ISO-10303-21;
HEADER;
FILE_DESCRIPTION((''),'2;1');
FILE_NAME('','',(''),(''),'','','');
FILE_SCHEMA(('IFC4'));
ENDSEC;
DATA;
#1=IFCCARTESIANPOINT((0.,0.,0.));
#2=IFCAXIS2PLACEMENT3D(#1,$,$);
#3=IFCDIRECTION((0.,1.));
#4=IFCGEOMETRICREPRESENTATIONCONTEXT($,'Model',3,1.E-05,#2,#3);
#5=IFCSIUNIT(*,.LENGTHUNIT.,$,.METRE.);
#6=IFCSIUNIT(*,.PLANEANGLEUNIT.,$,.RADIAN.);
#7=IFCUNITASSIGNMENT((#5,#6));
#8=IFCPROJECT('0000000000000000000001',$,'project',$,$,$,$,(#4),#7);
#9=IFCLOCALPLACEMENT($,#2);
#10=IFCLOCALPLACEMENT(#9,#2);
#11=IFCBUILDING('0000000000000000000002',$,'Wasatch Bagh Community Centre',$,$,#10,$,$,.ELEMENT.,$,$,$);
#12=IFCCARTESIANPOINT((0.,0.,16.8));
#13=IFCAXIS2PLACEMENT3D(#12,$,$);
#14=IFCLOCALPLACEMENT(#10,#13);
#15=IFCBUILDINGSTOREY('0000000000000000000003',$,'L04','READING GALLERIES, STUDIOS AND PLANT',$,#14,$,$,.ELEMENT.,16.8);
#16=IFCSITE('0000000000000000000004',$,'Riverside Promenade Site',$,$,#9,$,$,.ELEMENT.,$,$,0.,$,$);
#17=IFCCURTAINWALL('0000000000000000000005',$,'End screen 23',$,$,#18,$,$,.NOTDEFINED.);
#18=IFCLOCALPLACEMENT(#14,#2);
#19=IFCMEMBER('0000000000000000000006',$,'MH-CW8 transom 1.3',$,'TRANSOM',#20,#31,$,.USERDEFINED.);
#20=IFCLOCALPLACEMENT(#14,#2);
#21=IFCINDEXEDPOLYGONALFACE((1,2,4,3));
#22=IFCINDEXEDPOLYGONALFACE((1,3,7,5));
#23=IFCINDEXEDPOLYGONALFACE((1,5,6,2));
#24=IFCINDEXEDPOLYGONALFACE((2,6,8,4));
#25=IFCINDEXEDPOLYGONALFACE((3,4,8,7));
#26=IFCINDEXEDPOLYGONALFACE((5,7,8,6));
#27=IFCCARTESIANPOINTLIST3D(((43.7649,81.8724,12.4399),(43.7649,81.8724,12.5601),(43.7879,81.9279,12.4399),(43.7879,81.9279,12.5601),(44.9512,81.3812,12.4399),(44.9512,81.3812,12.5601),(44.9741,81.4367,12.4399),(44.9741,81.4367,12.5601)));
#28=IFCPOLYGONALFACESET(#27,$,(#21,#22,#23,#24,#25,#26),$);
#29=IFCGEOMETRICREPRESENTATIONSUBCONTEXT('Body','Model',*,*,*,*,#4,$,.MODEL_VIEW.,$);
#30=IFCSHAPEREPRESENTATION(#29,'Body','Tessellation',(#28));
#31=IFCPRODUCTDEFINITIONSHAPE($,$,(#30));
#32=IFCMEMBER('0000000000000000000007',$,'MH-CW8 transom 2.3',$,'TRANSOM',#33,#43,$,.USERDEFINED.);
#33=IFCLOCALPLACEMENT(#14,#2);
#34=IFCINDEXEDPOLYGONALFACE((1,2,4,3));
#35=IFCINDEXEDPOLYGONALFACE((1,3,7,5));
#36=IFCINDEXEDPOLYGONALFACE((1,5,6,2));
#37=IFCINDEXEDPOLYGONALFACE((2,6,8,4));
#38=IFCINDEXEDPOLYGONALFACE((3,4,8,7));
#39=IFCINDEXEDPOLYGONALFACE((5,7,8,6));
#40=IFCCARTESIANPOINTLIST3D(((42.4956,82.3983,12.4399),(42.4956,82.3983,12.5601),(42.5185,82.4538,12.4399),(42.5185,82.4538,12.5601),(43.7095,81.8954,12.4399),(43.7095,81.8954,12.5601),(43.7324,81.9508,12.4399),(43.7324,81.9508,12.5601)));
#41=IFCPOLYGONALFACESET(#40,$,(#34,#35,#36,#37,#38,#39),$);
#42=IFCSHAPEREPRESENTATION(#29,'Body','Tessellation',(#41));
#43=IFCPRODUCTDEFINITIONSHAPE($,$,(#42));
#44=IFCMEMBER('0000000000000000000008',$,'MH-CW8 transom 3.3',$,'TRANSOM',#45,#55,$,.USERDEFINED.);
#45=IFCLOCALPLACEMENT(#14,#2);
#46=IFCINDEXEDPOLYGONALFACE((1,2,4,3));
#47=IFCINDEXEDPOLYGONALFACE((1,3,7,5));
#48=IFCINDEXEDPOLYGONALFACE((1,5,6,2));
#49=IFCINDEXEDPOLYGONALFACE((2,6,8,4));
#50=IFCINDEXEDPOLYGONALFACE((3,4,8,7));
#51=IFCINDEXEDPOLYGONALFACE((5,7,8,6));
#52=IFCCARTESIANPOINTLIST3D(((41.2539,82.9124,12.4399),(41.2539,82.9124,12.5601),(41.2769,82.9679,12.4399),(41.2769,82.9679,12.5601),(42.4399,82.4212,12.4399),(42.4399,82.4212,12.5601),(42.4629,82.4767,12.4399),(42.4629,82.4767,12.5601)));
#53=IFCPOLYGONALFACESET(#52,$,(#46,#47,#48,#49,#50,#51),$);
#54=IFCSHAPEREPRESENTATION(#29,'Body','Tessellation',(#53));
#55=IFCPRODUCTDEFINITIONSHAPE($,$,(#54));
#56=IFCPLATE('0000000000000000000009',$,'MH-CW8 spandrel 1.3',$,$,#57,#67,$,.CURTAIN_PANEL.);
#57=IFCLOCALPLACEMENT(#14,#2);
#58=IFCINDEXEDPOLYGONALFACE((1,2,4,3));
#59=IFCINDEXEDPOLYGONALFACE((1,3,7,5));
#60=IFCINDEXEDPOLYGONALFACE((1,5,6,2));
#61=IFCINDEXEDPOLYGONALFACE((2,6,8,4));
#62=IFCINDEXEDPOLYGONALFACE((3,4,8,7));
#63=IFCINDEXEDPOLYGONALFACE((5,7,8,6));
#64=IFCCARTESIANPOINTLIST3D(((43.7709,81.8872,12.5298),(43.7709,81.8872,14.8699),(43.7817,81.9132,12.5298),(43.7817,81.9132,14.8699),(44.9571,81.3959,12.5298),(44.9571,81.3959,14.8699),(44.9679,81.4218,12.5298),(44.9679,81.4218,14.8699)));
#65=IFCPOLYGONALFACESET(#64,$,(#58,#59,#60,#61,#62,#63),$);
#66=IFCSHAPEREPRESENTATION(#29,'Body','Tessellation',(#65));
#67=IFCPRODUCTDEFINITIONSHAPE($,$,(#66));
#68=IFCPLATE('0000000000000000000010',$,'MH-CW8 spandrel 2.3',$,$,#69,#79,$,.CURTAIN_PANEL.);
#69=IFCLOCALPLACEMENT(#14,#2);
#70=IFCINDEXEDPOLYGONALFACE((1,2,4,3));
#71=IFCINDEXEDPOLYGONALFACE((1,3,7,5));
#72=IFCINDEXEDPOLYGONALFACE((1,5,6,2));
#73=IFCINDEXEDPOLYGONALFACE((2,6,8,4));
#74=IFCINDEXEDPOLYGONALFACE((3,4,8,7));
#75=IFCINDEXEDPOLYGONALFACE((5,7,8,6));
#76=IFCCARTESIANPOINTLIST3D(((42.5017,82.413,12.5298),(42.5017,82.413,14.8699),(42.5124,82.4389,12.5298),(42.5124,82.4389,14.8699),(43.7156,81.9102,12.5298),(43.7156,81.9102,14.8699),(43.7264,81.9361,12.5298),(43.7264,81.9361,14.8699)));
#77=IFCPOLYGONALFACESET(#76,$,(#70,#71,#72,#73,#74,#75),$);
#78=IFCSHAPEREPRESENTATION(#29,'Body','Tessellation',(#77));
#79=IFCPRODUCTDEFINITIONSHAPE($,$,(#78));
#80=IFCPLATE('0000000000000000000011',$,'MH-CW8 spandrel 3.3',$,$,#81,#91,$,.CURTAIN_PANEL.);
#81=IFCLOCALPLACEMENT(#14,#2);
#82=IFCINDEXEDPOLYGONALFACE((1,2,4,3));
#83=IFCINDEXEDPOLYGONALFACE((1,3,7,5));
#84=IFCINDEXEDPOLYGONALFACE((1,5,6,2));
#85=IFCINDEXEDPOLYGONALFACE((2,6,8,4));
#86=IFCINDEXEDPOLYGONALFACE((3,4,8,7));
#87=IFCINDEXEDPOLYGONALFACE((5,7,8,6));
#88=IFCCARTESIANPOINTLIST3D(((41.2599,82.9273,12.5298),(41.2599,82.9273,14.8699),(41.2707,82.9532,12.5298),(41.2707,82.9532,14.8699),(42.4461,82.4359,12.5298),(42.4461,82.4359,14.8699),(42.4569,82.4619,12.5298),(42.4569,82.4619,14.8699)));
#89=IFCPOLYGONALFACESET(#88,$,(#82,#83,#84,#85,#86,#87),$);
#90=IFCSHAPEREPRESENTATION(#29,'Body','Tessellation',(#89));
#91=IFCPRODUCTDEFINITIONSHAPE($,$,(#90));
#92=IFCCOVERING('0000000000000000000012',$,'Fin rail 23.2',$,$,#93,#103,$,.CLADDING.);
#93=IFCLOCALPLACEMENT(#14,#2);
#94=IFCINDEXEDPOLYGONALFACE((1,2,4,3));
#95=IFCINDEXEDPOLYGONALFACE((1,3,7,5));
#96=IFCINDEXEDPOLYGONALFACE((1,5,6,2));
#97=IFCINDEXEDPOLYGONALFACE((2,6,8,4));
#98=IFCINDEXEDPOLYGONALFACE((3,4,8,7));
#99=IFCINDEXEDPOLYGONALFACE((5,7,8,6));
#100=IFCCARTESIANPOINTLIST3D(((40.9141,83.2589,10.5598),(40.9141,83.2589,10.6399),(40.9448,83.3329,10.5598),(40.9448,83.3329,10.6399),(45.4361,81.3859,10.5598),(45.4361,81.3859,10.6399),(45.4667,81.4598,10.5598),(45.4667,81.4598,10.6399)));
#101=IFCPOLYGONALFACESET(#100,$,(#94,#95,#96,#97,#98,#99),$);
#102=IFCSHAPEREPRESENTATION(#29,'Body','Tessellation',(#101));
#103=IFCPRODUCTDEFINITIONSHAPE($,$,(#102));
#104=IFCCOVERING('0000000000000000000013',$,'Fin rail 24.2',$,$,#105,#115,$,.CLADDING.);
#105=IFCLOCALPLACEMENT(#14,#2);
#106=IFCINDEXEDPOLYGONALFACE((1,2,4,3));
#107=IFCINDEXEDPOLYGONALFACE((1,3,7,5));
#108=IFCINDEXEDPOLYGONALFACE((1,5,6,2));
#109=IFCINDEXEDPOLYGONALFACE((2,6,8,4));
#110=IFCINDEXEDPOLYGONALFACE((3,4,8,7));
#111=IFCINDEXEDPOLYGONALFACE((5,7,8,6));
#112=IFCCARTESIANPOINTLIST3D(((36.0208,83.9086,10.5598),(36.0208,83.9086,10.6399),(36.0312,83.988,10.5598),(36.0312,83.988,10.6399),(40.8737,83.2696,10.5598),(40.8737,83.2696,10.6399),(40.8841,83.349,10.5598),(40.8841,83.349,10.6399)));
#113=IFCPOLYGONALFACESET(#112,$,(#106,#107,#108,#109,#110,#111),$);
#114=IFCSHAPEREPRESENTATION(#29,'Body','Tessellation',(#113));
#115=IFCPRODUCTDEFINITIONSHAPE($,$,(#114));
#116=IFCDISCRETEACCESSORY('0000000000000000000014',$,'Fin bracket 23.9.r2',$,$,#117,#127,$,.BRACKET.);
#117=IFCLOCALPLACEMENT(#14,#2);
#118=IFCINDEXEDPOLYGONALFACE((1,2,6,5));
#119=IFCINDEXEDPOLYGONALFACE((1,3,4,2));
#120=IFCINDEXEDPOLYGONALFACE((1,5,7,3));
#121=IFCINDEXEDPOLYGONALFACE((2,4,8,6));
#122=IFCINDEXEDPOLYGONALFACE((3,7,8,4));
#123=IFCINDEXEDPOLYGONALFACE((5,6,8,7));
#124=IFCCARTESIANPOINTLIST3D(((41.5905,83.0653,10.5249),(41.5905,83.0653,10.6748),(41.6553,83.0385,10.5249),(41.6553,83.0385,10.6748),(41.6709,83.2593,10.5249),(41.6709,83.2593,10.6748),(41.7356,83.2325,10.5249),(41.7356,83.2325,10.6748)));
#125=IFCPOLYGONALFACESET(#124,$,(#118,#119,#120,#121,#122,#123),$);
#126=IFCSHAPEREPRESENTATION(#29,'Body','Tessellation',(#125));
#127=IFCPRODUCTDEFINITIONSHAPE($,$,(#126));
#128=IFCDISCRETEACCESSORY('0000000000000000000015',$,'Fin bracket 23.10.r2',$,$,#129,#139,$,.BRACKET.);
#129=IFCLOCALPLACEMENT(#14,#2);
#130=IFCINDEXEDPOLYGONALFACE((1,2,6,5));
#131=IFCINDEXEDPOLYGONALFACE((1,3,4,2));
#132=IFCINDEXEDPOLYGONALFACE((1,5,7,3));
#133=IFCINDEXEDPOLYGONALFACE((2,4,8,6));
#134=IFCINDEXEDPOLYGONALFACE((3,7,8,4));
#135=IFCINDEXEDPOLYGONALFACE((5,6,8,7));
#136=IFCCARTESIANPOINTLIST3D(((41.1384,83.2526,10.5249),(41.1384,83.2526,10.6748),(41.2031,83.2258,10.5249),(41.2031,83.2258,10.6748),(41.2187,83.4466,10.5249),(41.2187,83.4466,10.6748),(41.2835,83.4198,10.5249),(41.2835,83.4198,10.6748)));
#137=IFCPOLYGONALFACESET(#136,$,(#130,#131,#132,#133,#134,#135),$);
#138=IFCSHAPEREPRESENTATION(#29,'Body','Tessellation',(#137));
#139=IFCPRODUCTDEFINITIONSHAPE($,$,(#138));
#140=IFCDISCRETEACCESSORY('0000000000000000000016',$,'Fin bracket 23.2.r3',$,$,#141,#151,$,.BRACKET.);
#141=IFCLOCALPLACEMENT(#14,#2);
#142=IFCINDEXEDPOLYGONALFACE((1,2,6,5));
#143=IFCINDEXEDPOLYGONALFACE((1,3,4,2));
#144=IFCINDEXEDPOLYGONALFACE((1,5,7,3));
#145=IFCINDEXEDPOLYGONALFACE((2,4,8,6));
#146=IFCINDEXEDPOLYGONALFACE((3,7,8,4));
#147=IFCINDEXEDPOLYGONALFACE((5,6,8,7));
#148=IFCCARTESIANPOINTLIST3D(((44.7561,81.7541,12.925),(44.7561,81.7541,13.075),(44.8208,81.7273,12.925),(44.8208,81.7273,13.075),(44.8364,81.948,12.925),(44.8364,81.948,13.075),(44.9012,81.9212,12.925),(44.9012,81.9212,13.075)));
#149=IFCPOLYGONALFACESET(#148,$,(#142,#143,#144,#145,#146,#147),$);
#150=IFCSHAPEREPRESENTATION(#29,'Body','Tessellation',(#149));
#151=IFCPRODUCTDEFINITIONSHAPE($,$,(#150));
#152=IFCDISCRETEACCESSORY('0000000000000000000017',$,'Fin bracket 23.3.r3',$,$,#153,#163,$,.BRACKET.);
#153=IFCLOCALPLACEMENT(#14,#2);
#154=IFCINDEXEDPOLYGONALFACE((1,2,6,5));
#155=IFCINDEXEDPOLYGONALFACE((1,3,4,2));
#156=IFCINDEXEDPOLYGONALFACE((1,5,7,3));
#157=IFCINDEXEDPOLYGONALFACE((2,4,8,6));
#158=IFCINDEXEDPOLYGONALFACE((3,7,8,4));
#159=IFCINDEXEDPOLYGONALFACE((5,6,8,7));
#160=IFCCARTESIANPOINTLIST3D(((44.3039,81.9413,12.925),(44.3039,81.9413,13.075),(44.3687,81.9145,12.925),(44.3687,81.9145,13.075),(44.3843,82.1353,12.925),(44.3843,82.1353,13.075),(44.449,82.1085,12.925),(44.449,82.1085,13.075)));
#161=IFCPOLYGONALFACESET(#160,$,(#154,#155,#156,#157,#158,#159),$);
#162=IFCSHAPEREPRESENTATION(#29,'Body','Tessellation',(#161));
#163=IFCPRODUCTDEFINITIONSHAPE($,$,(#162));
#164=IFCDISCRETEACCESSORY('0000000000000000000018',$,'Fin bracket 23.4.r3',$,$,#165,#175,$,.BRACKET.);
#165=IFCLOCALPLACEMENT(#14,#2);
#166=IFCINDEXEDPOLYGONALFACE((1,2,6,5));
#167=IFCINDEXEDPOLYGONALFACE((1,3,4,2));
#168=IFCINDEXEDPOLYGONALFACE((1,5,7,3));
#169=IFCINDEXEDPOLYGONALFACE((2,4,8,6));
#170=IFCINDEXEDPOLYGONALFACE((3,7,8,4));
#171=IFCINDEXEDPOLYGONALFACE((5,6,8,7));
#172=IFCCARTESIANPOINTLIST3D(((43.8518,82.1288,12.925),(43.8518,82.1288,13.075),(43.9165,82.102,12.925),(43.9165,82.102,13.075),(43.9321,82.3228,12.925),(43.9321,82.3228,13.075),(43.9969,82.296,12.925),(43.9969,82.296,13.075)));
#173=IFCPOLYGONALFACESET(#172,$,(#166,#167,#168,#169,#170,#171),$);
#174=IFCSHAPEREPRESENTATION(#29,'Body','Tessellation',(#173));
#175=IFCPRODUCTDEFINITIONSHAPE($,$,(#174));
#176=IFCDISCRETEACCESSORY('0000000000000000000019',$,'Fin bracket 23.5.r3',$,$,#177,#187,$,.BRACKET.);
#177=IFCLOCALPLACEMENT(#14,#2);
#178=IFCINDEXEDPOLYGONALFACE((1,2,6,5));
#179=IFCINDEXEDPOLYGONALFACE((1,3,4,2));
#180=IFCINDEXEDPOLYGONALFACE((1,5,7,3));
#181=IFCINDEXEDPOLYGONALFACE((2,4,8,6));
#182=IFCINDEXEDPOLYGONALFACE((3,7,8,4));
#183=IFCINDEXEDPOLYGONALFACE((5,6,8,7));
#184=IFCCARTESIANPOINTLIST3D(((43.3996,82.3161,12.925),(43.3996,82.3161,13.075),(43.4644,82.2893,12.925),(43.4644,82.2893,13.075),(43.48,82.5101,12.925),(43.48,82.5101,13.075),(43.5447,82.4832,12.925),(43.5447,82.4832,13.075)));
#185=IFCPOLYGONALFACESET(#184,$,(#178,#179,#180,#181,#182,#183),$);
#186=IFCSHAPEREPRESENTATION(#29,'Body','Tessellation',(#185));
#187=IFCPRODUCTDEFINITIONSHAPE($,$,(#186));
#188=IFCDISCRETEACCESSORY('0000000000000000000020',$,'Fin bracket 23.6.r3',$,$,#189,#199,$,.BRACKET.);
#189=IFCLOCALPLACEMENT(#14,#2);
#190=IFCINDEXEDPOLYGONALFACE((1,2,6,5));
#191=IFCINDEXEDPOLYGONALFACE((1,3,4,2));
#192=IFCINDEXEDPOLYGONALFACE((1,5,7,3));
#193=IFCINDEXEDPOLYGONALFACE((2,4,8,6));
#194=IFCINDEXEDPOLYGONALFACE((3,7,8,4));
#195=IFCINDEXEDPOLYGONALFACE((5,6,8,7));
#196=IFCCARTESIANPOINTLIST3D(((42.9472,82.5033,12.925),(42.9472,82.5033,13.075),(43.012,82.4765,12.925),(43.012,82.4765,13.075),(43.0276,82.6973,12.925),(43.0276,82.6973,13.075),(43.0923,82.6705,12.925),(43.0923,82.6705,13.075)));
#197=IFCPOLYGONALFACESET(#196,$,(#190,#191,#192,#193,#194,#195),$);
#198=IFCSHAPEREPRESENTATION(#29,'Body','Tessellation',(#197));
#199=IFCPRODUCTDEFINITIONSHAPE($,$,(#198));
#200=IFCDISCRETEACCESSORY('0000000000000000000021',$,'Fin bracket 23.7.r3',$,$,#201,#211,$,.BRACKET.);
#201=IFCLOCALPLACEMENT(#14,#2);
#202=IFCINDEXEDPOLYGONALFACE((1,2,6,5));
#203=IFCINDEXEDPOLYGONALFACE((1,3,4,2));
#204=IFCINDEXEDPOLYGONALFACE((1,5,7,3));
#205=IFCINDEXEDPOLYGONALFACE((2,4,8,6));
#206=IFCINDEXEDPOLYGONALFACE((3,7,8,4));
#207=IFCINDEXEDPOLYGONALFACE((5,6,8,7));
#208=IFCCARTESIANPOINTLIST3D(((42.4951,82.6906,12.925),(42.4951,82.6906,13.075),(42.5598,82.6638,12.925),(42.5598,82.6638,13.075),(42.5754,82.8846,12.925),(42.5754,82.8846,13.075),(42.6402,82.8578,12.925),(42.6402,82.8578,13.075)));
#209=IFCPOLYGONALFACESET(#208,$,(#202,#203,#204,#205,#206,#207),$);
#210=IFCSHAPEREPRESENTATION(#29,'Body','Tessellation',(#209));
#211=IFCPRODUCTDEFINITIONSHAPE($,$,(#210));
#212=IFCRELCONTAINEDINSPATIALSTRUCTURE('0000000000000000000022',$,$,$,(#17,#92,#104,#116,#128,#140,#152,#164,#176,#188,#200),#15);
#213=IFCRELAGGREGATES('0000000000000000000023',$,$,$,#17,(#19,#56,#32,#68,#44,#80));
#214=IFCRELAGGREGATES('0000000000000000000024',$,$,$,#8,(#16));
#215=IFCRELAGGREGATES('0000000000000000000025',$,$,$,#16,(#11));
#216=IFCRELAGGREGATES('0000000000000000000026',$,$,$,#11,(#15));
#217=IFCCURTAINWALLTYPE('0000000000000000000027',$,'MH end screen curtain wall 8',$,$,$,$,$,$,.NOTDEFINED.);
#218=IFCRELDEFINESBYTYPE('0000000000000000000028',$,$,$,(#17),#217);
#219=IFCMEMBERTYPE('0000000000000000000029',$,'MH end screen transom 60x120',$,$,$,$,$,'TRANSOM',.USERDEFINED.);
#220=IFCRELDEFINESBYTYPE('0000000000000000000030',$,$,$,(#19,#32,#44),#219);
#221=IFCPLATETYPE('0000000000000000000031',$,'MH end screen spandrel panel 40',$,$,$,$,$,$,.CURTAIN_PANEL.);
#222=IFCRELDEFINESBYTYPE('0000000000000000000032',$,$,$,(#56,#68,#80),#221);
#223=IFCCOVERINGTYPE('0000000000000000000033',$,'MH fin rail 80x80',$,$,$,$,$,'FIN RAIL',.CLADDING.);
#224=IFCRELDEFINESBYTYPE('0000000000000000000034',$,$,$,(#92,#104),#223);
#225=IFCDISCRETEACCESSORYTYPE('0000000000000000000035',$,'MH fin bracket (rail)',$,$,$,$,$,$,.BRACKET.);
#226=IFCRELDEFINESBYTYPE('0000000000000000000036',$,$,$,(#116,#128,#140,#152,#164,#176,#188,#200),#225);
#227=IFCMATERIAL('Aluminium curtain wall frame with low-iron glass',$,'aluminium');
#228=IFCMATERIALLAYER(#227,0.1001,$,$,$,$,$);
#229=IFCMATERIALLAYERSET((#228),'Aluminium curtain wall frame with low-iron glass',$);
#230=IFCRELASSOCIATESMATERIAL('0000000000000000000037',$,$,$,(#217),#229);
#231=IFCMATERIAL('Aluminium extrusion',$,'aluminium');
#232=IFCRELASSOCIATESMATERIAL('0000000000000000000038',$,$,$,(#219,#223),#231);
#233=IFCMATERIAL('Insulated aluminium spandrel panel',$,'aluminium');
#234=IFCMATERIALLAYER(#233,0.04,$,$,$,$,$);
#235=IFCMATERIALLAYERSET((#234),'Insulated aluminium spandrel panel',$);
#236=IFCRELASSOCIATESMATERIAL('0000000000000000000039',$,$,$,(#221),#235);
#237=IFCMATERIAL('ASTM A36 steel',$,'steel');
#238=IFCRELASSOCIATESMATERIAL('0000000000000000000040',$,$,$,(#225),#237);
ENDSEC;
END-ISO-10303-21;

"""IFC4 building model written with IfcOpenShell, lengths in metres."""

from ifc_helpers import new_model, si_unit, direction, frame, origin, origin_2d, place, context, subcontext, project, spatial, rectangle, extrude, material, layer, layer_set, material_profile, profile_set, type_object, element, aggregate, save


model = new_model("IFC4")

# Units and contexts
model_context = context("Model", 3, precision=1e-05, world=origin(), true_north=direction((0.0, 1.0)))
body_context = subcontext(model_context, "Body", "Model", "MODEL_VIEW")
ifc_project = project(units=[si_unit("LENGTHUNIT", "METRE"), si_unit("PLANEANGLEUNIT", "RADIAN")], contexts=[model_context])

# Site, building, storey
site_placement = place(None, origin())
site = spatial("IfcSite", under=ifc_project, at=site_placement, Name="Riverside Promenade Site", CompositionType="ELEMENT", RefElevation=0.0)
building_placement = place(site_placement, origin())
building = spatial("IfcBuilding", under=site, at=building_placement, Name="Wasatch Bagh Community Centre", CompositionType="ELEMENT")
storey_placement = place(building_placement, frame((0.0, 0.0, 16.8)))
storey = spatial("IfcBuildingStorey", under=building, at=storey_placement, Name="L04", Description="READING GALLERIES, STUDIOS AND PLANT", CompositionType="ELEMENT", Elevation=16.8)

# Curtain wall, members, plates
ifc_material_1 = material(Name="Aluminium curtain wall frame with low-iron glass", Category="aluminium")
ifc_layer_1 = layer(ifc_material_1, 0.1001)
ifc_layer_set_1 = layer_set([ifc_layer_1], Name="Aluminium curtain wall frame with low-iron glass")
curtain_wall_type = type_object("IfcCurtainWallType", Name="MH end screen curtain wall 8", PredefinedType="NOTDEFINED", material=ifc_layer_set_1)
curtain_wall_placement = place(storey_placement, origin())
curtain_wall = element("IfcCurtainWall", 1, at=curtain_wall_placement, inside=storey, type_object=curtain_wall_type, Name="End screen 23", PredefinedType="NOTDEFINED")
ifc_material_2 = material(Name="Aluminium extrusion", Category="aluminium")
ifc_material_profile_1 = material_profile(ifc_material_2, rectangle(XDim=0.0601, YDim=0.1201, at=origin_2d()), Name="AL 60x120")
ifc_profile_set_1 = profile_set([ifc_material_profile_1], Name="Aluminium extrusion")
member_type = type_object("IfcMemberType", Name="MH end screen transom 60x120", ElementType="TRANSOM", PredefinedType="USERDEFINED", material=ifc_profile_set_1)
member_1_placement = place(storey_placement, frame((44.9626, 81.4089, 12.5), z_axis=(-0.923924, 0.382576, 0.0), x_axis=(-0.382576, -0.923924, 0.0)))
member_1 = element("IfcMember", 2, at=member_1_placement, type_object=member_type, Name="MH-CW8 transom 1.3", ObjectType="TRANSOM", PredefinedType="USERDEFINED", context=body_context, shape_type="SweptSolid", body=[
    extrude(rectangle(XDim=0.0601, YDim=0.1201, at=origin_2d()), origin(), (0.0, 0.0, 1.0), 1.2839),
])
member_2_placement = place(storey_placement, frame((43.7209, 81.9231, 12.5), z_axis=(-0.923845, 0.382768, 0.0), x_axis=(-0.382768, -0.923845, 0.0)))
member_2 = element("IfcMember", 3, at=member_2_placement, type_object=member_type, Name="MH-CW8 transom 2.3", ObjectType="TRANSOM", PredefinedType="USERDEFINED", context=body_context, shape_type="SweptSolid", body=[
    extrude(rectangle(XDim=0.0601, YDim=0.1201, at=origin_2d()), origin(), (0.0, 0.0, 1.0), 1.314),
])
member_3_placement = place(storey_placement, frame((42.4514, 82.449, 12.5), z_axis=(-0.923896, 0.382643, 0.0), x_axis=(-0.382643, -0.923896, 0.0)))
member_3 = element("IfcMember", 4, at=member_3_placement, type_object=member_type, Name="MH-CW8 transom 3.3", ObjectType="TRANSOM", PredefinedType="USERDEFINED", context=body_context, shape_type="SweptSolid", body=[
    extrude(rectangle(XDim=0.0601, YDim=0.1201, at=origin_2d()), origin(), (0.0, 0.0, 1.0), 1.2837),
])
ifc_material_3 = material(Name="Insulated aluminium spandrel panel", Category="aluminium")
ifc_layer_2 = layer(ifc_material_3, 0.04)
ifc_layer_set_2 = layer_set([ifc_layer_2], Name="Insulated aluminium spandrel panel")
plate_type = type_object("IfcPlateType", Name="MH end screen spandrel panel 40", PredefinedType="CURTAIN_PANEL", material=ifc_layer_set_2)
plate_1_placement = place(storey_placement, frame((44.3694, 81.6545, 12.5298), z_axis=(0.0, 0.0, 1.0), x_axis=(-0.92388, 0.382683, 0.0)))
plate_1 = element("IfcPlate", 5, at=plate_1_placement, type_object=plate_type, Name="MH-CW8 spandrel 1.3", PredefinedType="CURTAIN_PANEL", context=body_context, shape_type="SweptSolid", body=[
    extrude(rectangle(XDim=1.2839, YDim=0.0281, at=origin_2d()), origin(), (0.0, 0.0, 1.0), 2.3401),
])
plate_2_placement = place(storey_placement, frame((43.114, 82.1746, 12.5298), z_axis=(0.0, 0.0, 1.0), x_axis=(-0.92388, 0.382683, 0.0)))
plate_2 = element("IfcPlate", 6, at=plate_2_placement, type_object=plate_type, Name="MH-CW8 spandrel 2.3", PredefinedType="CURTAIN_PANEL", context=body_context, shape_type="SweptSolid", body=[
    extrude(rectangle(XDim=1.314, YDim=0.0281, at=origin_2d()), origin(), (0.0, 0.0, 1.0), 2.3401),
])
plate_3_placement = place(storey_placement, frame((41.8584, 82.6946, 12.5298), z_axis=(0.0, 0.0, 1.0), x_axis=(-0.92388, 0.382683, 0.0)))
plate_3 = element("IfcPlate", 7, at=plate_3_placement, type_object=plate_type, Name="MH-CW8 spandrel 3.3", PredefinedType="CURTAIN_PANEL", context=body_context, shape_type="SweptSolid", body=[
    extrude(rectangle(XDim=1.2839, YDim=0.0281, at=origin_2d()), origin(), (0.0, 0.0, 1.0), 2.3401),
])
aggregate(curtain_wall, [member_1, plate_1, member_2, plate_2, member_3, plate_3])

# Coverings
ifc_material_profile_2 = material_profile(ifc_material_2, rectangle(XDim=0.0801, YDim=0.0801, at=origin_2d()), Name="AL 80x80")
ifc_profile_set_2 = profile_set([ifc_material_profile_2], Name="Aluminium extrusion")
covering_type = type_object("IfcCoveringType", Name="MH fin rail 80x80", ElementType="FIN RAIL", PredefinedType="CLADDING", material=ifc_profile_set_2)
covering_1_placement = place(storey_placement, frame((45.4514, 81.4229, 10.5999), z_axis=(-0.923881, 0.382681, 0.0), x_axis=(-0.382681, -0.923881, 0.0)))
element("IfcCovering", 8, at=covering_1_placement, inside=storey, type_object=covering_type, Name="Fin rail 23.2", PredefinedType="CLADDING", context=body_context, shape_type="SweptSolid", body=[
    extrude(rectangle(XDim=0.0801, YDim=0.0801, at=origin_2d()), origin(), (0.0, 0.0, 1.0), 4.8945),
])
covering_2_placement = place(storey_placement, frame((40.8789, 83.3093, 10.5999), z_axis=(-0.991444, 0.130533, 0.0), x_axis=(-0.130533, -0.991444, 0.0)))
element("IfcCovering", 9, at=covering_2_placement, inside=storey, type_object=covering_type, Name="Fin rail 24.2", PredefinedType="CLADDING", context=body_context, shape_type="SweptSolid", body=[
    extrude(rectangle(XDim=0.0801, YDim=0.0801, at=origin_2d()), origin(), (0.0, 0.0, 1.0), 4.8948),
])

# Discrete accessories
ifc_material_4 = material(Name="ASTM A36 steel", Category="steel")
discrete_accessory_type_1 = type_object("IfcDiscreteAccessoryType", Name="MH fin bracket (rail)", PredefinedType="BRACKET", material=ifc_material_4)
for number, where, z_axis, x_axis, name in (
    (10, (41.6631, 83.1489, 10.5249), (0.0, 0.0, 1.0), (-0.92388, 0.382683, 0.0), "Fin bracket 23.9.r2"),
    (11, (41.2109, 83.3362, 10.5249), (0.0, 0.0, 1.0), (-0.92388, 0.382683, 0.0), "Fin bracket 23.10.r2"),
    (12, (44.8286, 81.8376, 12.925), (0.0, 0.0, 1.0), (-0.92388, 0.382683, 0.0), "Fin bracket 23.2.r3"),
    (13, (44.3765, 82.0249, 12.925), (0.0, 0.0, 1.0), (-0.92388, 0.382683, 0.0), "Fin bracket 23.3.r3"),
    (14, (43.9243, 82.2124, 12.925), (0.0, 0.0, 1.0), (-0.92388, 0.382683, 0.0), "Fin bracket 23.4.r3"),
    (15, (43.4722, 82.3997, 12.925), (0.0, 0.0, 1.0), (-0.92388, 0.382683, 0.0), "Fin bracket 23.5.r3"),
    (16, (43.0198, 82.5869, 12.925), (0.0, 0.0, 1.0), (-0.92388, 0.382683, 0.0), "Fin bracket 23.6.r3"),
    (17, (42.5676, 82.7742, 12.925), (0.0, 0.0, 1.0), (-0.92388, 0.382683, 0.0), "Fin bracket 23.7.r3"),
):
    element("IfcDiscreteAccessory", number, at=place(storey_placement, frame(where, z_axis=z_axis, x_axis=x_axis)), inside=storey, type_object=discrete_accessory_type_1, Name=name, PredefinedType="BRACKET", context=body_context, shape_type="SweptSolid", body=[
        extrude(rectangle(XDim=0.0701, YDim=0.21, at=origin_2d()), origin(), (0.0, 0.0, 1.0), 0.1499),
    ])

save(model, "model.ifc")
